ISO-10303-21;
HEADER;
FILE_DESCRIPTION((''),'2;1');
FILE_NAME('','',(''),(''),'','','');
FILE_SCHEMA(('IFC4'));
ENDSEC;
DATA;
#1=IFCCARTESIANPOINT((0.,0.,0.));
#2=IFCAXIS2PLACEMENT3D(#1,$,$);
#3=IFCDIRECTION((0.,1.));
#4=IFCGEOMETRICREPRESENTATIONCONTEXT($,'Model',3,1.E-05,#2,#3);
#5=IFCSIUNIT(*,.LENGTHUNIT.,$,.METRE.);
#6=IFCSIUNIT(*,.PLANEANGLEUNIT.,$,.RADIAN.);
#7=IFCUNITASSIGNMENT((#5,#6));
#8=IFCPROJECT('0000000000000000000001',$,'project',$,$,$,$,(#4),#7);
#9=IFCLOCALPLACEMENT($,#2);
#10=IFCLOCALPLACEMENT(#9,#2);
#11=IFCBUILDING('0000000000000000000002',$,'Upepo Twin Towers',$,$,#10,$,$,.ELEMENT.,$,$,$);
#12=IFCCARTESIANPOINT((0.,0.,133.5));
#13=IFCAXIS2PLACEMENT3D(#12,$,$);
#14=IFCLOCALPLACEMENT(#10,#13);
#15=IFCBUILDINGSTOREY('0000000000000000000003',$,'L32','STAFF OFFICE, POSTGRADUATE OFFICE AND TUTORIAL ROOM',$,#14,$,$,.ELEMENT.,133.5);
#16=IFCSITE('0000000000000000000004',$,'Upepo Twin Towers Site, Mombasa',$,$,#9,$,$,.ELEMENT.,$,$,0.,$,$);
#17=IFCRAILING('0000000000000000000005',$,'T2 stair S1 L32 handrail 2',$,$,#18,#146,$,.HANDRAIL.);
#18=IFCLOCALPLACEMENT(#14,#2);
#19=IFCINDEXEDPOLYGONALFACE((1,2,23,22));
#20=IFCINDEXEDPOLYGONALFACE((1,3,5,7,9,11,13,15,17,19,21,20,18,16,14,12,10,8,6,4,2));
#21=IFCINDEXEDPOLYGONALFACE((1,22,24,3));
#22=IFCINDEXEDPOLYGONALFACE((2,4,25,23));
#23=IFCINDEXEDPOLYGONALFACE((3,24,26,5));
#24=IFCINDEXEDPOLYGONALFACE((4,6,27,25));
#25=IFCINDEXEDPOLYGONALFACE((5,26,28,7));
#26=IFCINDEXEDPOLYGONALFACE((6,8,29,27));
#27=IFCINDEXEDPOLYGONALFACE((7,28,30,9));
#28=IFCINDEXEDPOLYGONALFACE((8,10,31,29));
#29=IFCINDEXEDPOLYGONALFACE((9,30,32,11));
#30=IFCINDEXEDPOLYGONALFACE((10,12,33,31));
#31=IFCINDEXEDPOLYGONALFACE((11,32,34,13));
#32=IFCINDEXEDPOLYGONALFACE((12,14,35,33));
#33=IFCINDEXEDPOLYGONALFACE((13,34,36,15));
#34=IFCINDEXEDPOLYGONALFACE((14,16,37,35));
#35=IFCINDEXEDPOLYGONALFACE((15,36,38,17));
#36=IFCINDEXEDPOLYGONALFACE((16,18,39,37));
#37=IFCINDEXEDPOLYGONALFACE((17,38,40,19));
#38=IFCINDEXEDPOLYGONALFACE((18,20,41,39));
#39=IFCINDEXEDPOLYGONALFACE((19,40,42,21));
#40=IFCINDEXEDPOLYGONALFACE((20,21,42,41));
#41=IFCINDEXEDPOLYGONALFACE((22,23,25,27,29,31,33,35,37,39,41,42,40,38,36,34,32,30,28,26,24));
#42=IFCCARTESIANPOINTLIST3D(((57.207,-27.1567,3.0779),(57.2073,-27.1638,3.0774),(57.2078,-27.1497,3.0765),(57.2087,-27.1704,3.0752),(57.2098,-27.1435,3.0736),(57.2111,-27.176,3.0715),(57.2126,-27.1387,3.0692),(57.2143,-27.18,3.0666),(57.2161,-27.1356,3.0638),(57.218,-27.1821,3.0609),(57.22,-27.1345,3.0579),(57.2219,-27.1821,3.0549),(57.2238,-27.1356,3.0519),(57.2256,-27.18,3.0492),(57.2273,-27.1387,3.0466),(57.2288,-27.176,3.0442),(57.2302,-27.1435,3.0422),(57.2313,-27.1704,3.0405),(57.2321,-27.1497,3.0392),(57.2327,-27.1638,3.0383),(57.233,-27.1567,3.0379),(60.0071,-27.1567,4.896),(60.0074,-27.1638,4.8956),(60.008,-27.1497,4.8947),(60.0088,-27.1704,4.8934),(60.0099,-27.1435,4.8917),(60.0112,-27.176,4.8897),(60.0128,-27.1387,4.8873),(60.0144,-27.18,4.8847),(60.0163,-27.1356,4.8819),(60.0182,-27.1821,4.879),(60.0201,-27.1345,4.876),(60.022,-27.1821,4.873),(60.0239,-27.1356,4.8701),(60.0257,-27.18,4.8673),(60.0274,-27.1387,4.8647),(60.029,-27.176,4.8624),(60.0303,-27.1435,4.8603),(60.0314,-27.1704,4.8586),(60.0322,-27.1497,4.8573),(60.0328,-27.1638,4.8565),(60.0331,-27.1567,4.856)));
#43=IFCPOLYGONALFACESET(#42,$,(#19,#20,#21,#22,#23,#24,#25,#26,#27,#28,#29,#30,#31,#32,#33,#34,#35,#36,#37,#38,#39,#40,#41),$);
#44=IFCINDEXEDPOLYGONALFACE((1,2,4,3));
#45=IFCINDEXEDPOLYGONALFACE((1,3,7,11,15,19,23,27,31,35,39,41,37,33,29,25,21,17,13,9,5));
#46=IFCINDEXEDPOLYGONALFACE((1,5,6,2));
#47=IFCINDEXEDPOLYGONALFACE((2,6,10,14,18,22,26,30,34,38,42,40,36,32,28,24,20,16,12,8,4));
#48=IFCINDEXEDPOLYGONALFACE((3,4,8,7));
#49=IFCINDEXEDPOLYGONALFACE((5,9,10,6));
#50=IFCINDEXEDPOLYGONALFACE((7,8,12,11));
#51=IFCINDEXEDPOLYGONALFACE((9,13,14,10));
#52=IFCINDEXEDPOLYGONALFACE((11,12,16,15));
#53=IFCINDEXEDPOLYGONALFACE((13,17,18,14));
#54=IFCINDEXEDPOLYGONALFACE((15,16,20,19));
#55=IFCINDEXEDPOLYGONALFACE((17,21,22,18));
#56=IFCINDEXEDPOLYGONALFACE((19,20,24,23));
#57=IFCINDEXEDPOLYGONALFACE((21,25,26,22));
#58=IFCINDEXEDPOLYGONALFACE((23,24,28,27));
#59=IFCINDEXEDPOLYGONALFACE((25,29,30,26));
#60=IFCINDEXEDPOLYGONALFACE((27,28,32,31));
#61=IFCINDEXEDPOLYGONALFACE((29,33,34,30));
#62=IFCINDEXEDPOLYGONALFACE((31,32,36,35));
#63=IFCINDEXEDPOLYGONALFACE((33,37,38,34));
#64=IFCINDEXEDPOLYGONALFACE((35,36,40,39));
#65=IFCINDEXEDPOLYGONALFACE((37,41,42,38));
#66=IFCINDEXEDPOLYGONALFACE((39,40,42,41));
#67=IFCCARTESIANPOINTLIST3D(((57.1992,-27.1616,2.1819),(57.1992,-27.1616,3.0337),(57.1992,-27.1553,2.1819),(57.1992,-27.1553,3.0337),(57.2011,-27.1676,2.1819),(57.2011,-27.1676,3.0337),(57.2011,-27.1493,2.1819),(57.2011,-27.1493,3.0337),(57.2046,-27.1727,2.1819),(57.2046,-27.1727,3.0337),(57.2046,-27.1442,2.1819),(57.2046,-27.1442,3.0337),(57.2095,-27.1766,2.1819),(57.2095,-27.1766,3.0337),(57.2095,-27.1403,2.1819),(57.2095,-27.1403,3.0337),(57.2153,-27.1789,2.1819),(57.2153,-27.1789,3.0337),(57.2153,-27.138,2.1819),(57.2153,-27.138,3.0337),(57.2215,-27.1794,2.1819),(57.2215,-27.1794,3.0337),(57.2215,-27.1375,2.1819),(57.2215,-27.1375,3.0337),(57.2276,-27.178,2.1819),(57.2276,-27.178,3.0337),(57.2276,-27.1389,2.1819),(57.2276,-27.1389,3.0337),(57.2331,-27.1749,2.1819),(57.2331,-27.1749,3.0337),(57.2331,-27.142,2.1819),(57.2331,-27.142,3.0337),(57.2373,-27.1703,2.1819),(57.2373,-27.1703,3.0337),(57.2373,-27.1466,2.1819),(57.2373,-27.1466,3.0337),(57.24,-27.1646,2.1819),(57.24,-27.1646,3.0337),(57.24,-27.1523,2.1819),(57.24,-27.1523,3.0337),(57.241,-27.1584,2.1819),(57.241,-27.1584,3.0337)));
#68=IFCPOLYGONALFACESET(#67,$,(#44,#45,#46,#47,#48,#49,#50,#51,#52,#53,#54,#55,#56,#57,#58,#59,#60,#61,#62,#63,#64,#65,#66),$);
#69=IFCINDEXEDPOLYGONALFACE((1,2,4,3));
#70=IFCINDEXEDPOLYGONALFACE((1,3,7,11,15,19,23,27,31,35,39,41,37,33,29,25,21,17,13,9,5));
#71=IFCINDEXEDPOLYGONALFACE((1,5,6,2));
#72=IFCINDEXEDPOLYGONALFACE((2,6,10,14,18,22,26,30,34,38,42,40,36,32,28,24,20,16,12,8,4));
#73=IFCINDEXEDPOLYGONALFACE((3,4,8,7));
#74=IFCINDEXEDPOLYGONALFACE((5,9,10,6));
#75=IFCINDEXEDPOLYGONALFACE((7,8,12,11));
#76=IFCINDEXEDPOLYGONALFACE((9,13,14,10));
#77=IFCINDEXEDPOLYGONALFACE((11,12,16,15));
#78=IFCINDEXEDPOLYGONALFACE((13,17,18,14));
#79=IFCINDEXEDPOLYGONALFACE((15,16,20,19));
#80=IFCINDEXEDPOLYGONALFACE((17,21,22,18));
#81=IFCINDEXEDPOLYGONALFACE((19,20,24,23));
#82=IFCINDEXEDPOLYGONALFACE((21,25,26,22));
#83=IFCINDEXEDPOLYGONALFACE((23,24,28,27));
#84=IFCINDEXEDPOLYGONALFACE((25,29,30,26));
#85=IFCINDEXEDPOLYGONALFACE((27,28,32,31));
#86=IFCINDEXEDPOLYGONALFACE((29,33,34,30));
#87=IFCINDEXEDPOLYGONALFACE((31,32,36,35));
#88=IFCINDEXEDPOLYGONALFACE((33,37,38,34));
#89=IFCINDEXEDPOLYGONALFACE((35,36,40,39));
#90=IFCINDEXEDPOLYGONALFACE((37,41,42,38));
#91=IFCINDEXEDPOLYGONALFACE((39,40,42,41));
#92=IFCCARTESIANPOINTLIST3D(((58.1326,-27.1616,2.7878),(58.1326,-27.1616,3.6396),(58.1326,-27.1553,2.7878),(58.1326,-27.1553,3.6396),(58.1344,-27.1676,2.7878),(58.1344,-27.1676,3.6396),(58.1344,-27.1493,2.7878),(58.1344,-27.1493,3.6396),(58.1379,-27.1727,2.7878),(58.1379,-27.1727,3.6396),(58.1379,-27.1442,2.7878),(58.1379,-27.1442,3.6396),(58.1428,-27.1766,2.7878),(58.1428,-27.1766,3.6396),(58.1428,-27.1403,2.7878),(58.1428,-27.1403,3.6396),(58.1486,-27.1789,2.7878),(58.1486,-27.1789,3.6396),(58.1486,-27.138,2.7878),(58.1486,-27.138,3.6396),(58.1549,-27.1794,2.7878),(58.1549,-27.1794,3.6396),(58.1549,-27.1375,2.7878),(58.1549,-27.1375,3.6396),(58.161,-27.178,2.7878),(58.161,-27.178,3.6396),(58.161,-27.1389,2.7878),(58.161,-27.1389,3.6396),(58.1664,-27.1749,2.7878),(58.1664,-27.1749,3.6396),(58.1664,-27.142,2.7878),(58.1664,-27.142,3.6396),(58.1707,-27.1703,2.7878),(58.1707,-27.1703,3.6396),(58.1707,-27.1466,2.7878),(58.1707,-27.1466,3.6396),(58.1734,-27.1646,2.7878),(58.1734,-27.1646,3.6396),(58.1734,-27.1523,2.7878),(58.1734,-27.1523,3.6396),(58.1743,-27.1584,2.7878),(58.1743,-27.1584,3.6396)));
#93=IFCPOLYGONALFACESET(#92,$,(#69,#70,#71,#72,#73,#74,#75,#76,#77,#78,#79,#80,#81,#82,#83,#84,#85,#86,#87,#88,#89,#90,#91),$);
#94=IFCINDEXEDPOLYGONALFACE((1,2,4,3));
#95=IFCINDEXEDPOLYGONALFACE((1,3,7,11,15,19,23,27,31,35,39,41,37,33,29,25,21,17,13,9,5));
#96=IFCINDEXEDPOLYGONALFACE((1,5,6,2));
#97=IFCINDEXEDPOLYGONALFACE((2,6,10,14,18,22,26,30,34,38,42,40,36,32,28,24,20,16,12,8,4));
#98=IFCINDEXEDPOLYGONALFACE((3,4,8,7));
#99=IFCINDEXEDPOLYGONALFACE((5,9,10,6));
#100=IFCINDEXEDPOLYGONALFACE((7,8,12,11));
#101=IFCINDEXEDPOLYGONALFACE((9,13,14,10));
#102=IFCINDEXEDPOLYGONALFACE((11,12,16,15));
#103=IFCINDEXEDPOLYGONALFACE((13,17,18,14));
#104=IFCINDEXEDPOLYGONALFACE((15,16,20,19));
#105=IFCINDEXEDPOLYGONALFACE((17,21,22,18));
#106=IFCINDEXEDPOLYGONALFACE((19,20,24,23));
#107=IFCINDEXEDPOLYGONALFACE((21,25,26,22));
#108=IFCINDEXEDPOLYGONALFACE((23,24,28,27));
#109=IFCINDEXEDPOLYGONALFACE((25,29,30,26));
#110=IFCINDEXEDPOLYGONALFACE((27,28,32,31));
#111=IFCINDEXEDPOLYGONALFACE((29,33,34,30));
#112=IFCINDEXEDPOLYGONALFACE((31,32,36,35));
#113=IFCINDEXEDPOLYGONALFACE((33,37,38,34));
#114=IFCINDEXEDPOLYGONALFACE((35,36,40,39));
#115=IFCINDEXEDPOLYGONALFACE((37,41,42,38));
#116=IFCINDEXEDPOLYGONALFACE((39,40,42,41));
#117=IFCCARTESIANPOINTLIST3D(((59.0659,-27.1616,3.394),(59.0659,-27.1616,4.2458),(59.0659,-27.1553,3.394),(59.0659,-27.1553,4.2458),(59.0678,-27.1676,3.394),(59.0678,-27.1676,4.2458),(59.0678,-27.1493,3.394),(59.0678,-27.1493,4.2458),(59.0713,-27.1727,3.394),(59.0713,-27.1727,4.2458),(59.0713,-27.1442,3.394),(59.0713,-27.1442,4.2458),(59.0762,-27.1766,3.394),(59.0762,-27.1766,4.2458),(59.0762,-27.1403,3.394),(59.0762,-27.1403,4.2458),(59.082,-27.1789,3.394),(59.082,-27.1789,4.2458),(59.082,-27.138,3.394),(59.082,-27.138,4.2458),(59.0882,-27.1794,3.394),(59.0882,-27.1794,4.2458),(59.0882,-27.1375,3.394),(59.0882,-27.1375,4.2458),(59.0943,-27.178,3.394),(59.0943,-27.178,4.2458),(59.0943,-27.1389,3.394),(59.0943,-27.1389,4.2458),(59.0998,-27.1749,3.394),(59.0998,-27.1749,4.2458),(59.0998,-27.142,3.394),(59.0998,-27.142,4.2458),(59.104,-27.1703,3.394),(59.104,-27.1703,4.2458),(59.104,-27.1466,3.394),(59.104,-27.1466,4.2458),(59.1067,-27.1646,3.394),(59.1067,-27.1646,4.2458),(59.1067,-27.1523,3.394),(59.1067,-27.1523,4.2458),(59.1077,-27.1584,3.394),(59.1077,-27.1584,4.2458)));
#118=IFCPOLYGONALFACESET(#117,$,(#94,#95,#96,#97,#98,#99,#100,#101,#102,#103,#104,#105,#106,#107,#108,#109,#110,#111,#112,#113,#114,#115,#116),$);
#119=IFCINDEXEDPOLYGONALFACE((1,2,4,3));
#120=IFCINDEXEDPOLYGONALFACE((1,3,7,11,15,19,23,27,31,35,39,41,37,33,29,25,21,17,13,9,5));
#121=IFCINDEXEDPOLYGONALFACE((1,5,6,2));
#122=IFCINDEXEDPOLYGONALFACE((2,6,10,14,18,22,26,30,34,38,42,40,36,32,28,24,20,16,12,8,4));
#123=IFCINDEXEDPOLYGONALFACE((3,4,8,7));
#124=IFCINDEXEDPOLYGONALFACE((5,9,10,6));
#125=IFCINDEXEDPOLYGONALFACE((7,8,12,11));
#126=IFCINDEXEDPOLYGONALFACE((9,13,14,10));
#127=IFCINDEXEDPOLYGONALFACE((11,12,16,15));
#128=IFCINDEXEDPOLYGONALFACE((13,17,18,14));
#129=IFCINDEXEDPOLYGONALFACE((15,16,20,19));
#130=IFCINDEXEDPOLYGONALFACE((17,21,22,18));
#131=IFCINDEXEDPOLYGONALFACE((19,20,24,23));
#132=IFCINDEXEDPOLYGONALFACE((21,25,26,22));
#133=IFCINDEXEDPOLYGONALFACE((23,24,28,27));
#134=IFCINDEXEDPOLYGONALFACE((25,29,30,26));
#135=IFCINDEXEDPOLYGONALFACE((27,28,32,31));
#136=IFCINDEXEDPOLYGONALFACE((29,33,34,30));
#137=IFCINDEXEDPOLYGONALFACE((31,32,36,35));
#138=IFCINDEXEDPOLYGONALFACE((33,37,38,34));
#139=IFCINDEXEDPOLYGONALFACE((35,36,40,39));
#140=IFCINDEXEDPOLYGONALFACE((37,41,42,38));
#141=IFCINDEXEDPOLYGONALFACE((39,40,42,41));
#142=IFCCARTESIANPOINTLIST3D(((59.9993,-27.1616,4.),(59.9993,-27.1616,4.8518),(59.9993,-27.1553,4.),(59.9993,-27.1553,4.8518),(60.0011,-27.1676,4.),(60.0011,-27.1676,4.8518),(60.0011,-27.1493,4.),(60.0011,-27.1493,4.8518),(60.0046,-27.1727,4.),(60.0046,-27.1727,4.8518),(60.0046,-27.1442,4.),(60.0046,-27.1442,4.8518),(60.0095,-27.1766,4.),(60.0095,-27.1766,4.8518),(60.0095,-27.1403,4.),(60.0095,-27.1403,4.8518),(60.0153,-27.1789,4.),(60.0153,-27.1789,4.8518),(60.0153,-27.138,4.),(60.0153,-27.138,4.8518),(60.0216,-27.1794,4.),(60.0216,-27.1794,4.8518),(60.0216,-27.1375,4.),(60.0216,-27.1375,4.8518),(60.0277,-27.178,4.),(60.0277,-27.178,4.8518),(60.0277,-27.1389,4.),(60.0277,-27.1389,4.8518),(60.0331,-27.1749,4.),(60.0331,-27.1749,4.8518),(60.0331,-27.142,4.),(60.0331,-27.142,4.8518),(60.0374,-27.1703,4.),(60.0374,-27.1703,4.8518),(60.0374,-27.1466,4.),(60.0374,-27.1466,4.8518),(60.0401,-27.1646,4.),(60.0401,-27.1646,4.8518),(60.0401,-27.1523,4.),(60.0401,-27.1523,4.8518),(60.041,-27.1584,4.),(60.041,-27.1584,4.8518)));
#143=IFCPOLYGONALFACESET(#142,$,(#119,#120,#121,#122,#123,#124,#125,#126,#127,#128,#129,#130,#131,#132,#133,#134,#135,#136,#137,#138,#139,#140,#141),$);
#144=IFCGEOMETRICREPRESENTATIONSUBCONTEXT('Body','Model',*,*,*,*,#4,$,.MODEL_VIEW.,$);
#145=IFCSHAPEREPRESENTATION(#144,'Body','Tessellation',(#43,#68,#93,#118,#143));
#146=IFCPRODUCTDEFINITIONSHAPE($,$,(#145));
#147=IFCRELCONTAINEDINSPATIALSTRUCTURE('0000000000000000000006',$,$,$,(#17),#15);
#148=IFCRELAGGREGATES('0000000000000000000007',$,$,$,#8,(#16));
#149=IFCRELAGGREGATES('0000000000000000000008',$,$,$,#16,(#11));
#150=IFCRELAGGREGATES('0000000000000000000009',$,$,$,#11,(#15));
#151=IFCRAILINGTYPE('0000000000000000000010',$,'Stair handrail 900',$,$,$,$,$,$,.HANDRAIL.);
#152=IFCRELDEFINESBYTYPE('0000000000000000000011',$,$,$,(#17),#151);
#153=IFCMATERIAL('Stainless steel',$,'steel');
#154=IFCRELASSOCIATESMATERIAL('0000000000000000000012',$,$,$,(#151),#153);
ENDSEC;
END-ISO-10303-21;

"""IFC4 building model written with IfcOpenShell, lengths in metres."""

from ifc_helpers import new_model, si_unit, direction, frame, origin, origin_2d, place, context, subcontext, project, spatial, circle, extrude, material, type_object, element, save


model = new_model("IFC4")

# Units and contexts
model_context = context("Model", 3, precision=1e-05, world=origin(), true_north=direction((0.0, 1.0)))
body_context = subcontext(model_context, "Body", "Model", "MODEL_VIEW")
ifc_project = project(units=[si_unit("LENGTHUNIT", "METRE"), si_unit("PLANEANGLEUNIT", "RADIAN")], contexts=[model_context])

# Site, building, storey
site_placement = place(None, origin())
site = spatial("IfcSite", under=ifc_project, at=site_placement, Name="Upepo Twin Towers Site, Mombasa", CompositionType="ELEMENT", RefElevation=0.0)
building_placement = place(site_placement, origin())
building = spatial("IfcBuilding", under=site, at=building_placement, Name="Upepo Twin Towers", CompositionType="ELEMENT")
storey_placement = place(building_placement, frame((0.0, 0.0, 133.5)))
storey = spatial("IfcBuildingStorey", under=building, at=storey_placement, Name="L32", Description="STAFF OFFICE, POSTGRADUATE OFFICE AND TUTORIAL ROOM", CompositionType="ELEMENT", Elevation=133.5)

# Railing
ifc_material_1 = material(Name="Stainless steel", Category="steel")
railing_type = type_object("IfcRailingType", Name="Stair handrail 900", PredefinedType="HANDRAIL", material=ifc_material_1)
railing_1_placement = place(storey_placement, frame((57.22, -27.1584, 2.1819)))
element("IfcRailing", 1, at=railing_1_placement, inside=storey, type_object=railing_type, Name="T2 stair S1 L32 handrail 2", PredefinedType="HANDRAIL", context=body_context, shape_type="SweptSolid", body=[
    extrude(circle(Radius=0.0239, at=origin_2d()), frame((0.0, 0.0, 0.876), z_axis=(0.838706, 0.0, 0.544585), x_axis=(0.0, 1.0, 0.0)), (0.0, 0.0, 1.0), 3.3386),
    extrude(circle(Radius=0.021, at=origin_2d()), origin(), (0.0, 0.0, 1.0), 0.8518),
    extrude(circle(Radius=0.021, at=origin_2d()), frame((0.9333, 0.0, 0.606)), (0.0, 0.0, 1.0), 0.8518),
    extrude(circle(Radius=0.021, at=origin_2d()), frame((1.8667, 0.0, 1.2122)), (0.0, 0.0, 1.0), 0.8518),
    extrude(circle(Radius=0.021, at=origin_2d()), frame((2.8, 0.0, 1.8181)), (0.0, 0.0, 1.0), 0.8518),
])

save(model, "model.ifc")
